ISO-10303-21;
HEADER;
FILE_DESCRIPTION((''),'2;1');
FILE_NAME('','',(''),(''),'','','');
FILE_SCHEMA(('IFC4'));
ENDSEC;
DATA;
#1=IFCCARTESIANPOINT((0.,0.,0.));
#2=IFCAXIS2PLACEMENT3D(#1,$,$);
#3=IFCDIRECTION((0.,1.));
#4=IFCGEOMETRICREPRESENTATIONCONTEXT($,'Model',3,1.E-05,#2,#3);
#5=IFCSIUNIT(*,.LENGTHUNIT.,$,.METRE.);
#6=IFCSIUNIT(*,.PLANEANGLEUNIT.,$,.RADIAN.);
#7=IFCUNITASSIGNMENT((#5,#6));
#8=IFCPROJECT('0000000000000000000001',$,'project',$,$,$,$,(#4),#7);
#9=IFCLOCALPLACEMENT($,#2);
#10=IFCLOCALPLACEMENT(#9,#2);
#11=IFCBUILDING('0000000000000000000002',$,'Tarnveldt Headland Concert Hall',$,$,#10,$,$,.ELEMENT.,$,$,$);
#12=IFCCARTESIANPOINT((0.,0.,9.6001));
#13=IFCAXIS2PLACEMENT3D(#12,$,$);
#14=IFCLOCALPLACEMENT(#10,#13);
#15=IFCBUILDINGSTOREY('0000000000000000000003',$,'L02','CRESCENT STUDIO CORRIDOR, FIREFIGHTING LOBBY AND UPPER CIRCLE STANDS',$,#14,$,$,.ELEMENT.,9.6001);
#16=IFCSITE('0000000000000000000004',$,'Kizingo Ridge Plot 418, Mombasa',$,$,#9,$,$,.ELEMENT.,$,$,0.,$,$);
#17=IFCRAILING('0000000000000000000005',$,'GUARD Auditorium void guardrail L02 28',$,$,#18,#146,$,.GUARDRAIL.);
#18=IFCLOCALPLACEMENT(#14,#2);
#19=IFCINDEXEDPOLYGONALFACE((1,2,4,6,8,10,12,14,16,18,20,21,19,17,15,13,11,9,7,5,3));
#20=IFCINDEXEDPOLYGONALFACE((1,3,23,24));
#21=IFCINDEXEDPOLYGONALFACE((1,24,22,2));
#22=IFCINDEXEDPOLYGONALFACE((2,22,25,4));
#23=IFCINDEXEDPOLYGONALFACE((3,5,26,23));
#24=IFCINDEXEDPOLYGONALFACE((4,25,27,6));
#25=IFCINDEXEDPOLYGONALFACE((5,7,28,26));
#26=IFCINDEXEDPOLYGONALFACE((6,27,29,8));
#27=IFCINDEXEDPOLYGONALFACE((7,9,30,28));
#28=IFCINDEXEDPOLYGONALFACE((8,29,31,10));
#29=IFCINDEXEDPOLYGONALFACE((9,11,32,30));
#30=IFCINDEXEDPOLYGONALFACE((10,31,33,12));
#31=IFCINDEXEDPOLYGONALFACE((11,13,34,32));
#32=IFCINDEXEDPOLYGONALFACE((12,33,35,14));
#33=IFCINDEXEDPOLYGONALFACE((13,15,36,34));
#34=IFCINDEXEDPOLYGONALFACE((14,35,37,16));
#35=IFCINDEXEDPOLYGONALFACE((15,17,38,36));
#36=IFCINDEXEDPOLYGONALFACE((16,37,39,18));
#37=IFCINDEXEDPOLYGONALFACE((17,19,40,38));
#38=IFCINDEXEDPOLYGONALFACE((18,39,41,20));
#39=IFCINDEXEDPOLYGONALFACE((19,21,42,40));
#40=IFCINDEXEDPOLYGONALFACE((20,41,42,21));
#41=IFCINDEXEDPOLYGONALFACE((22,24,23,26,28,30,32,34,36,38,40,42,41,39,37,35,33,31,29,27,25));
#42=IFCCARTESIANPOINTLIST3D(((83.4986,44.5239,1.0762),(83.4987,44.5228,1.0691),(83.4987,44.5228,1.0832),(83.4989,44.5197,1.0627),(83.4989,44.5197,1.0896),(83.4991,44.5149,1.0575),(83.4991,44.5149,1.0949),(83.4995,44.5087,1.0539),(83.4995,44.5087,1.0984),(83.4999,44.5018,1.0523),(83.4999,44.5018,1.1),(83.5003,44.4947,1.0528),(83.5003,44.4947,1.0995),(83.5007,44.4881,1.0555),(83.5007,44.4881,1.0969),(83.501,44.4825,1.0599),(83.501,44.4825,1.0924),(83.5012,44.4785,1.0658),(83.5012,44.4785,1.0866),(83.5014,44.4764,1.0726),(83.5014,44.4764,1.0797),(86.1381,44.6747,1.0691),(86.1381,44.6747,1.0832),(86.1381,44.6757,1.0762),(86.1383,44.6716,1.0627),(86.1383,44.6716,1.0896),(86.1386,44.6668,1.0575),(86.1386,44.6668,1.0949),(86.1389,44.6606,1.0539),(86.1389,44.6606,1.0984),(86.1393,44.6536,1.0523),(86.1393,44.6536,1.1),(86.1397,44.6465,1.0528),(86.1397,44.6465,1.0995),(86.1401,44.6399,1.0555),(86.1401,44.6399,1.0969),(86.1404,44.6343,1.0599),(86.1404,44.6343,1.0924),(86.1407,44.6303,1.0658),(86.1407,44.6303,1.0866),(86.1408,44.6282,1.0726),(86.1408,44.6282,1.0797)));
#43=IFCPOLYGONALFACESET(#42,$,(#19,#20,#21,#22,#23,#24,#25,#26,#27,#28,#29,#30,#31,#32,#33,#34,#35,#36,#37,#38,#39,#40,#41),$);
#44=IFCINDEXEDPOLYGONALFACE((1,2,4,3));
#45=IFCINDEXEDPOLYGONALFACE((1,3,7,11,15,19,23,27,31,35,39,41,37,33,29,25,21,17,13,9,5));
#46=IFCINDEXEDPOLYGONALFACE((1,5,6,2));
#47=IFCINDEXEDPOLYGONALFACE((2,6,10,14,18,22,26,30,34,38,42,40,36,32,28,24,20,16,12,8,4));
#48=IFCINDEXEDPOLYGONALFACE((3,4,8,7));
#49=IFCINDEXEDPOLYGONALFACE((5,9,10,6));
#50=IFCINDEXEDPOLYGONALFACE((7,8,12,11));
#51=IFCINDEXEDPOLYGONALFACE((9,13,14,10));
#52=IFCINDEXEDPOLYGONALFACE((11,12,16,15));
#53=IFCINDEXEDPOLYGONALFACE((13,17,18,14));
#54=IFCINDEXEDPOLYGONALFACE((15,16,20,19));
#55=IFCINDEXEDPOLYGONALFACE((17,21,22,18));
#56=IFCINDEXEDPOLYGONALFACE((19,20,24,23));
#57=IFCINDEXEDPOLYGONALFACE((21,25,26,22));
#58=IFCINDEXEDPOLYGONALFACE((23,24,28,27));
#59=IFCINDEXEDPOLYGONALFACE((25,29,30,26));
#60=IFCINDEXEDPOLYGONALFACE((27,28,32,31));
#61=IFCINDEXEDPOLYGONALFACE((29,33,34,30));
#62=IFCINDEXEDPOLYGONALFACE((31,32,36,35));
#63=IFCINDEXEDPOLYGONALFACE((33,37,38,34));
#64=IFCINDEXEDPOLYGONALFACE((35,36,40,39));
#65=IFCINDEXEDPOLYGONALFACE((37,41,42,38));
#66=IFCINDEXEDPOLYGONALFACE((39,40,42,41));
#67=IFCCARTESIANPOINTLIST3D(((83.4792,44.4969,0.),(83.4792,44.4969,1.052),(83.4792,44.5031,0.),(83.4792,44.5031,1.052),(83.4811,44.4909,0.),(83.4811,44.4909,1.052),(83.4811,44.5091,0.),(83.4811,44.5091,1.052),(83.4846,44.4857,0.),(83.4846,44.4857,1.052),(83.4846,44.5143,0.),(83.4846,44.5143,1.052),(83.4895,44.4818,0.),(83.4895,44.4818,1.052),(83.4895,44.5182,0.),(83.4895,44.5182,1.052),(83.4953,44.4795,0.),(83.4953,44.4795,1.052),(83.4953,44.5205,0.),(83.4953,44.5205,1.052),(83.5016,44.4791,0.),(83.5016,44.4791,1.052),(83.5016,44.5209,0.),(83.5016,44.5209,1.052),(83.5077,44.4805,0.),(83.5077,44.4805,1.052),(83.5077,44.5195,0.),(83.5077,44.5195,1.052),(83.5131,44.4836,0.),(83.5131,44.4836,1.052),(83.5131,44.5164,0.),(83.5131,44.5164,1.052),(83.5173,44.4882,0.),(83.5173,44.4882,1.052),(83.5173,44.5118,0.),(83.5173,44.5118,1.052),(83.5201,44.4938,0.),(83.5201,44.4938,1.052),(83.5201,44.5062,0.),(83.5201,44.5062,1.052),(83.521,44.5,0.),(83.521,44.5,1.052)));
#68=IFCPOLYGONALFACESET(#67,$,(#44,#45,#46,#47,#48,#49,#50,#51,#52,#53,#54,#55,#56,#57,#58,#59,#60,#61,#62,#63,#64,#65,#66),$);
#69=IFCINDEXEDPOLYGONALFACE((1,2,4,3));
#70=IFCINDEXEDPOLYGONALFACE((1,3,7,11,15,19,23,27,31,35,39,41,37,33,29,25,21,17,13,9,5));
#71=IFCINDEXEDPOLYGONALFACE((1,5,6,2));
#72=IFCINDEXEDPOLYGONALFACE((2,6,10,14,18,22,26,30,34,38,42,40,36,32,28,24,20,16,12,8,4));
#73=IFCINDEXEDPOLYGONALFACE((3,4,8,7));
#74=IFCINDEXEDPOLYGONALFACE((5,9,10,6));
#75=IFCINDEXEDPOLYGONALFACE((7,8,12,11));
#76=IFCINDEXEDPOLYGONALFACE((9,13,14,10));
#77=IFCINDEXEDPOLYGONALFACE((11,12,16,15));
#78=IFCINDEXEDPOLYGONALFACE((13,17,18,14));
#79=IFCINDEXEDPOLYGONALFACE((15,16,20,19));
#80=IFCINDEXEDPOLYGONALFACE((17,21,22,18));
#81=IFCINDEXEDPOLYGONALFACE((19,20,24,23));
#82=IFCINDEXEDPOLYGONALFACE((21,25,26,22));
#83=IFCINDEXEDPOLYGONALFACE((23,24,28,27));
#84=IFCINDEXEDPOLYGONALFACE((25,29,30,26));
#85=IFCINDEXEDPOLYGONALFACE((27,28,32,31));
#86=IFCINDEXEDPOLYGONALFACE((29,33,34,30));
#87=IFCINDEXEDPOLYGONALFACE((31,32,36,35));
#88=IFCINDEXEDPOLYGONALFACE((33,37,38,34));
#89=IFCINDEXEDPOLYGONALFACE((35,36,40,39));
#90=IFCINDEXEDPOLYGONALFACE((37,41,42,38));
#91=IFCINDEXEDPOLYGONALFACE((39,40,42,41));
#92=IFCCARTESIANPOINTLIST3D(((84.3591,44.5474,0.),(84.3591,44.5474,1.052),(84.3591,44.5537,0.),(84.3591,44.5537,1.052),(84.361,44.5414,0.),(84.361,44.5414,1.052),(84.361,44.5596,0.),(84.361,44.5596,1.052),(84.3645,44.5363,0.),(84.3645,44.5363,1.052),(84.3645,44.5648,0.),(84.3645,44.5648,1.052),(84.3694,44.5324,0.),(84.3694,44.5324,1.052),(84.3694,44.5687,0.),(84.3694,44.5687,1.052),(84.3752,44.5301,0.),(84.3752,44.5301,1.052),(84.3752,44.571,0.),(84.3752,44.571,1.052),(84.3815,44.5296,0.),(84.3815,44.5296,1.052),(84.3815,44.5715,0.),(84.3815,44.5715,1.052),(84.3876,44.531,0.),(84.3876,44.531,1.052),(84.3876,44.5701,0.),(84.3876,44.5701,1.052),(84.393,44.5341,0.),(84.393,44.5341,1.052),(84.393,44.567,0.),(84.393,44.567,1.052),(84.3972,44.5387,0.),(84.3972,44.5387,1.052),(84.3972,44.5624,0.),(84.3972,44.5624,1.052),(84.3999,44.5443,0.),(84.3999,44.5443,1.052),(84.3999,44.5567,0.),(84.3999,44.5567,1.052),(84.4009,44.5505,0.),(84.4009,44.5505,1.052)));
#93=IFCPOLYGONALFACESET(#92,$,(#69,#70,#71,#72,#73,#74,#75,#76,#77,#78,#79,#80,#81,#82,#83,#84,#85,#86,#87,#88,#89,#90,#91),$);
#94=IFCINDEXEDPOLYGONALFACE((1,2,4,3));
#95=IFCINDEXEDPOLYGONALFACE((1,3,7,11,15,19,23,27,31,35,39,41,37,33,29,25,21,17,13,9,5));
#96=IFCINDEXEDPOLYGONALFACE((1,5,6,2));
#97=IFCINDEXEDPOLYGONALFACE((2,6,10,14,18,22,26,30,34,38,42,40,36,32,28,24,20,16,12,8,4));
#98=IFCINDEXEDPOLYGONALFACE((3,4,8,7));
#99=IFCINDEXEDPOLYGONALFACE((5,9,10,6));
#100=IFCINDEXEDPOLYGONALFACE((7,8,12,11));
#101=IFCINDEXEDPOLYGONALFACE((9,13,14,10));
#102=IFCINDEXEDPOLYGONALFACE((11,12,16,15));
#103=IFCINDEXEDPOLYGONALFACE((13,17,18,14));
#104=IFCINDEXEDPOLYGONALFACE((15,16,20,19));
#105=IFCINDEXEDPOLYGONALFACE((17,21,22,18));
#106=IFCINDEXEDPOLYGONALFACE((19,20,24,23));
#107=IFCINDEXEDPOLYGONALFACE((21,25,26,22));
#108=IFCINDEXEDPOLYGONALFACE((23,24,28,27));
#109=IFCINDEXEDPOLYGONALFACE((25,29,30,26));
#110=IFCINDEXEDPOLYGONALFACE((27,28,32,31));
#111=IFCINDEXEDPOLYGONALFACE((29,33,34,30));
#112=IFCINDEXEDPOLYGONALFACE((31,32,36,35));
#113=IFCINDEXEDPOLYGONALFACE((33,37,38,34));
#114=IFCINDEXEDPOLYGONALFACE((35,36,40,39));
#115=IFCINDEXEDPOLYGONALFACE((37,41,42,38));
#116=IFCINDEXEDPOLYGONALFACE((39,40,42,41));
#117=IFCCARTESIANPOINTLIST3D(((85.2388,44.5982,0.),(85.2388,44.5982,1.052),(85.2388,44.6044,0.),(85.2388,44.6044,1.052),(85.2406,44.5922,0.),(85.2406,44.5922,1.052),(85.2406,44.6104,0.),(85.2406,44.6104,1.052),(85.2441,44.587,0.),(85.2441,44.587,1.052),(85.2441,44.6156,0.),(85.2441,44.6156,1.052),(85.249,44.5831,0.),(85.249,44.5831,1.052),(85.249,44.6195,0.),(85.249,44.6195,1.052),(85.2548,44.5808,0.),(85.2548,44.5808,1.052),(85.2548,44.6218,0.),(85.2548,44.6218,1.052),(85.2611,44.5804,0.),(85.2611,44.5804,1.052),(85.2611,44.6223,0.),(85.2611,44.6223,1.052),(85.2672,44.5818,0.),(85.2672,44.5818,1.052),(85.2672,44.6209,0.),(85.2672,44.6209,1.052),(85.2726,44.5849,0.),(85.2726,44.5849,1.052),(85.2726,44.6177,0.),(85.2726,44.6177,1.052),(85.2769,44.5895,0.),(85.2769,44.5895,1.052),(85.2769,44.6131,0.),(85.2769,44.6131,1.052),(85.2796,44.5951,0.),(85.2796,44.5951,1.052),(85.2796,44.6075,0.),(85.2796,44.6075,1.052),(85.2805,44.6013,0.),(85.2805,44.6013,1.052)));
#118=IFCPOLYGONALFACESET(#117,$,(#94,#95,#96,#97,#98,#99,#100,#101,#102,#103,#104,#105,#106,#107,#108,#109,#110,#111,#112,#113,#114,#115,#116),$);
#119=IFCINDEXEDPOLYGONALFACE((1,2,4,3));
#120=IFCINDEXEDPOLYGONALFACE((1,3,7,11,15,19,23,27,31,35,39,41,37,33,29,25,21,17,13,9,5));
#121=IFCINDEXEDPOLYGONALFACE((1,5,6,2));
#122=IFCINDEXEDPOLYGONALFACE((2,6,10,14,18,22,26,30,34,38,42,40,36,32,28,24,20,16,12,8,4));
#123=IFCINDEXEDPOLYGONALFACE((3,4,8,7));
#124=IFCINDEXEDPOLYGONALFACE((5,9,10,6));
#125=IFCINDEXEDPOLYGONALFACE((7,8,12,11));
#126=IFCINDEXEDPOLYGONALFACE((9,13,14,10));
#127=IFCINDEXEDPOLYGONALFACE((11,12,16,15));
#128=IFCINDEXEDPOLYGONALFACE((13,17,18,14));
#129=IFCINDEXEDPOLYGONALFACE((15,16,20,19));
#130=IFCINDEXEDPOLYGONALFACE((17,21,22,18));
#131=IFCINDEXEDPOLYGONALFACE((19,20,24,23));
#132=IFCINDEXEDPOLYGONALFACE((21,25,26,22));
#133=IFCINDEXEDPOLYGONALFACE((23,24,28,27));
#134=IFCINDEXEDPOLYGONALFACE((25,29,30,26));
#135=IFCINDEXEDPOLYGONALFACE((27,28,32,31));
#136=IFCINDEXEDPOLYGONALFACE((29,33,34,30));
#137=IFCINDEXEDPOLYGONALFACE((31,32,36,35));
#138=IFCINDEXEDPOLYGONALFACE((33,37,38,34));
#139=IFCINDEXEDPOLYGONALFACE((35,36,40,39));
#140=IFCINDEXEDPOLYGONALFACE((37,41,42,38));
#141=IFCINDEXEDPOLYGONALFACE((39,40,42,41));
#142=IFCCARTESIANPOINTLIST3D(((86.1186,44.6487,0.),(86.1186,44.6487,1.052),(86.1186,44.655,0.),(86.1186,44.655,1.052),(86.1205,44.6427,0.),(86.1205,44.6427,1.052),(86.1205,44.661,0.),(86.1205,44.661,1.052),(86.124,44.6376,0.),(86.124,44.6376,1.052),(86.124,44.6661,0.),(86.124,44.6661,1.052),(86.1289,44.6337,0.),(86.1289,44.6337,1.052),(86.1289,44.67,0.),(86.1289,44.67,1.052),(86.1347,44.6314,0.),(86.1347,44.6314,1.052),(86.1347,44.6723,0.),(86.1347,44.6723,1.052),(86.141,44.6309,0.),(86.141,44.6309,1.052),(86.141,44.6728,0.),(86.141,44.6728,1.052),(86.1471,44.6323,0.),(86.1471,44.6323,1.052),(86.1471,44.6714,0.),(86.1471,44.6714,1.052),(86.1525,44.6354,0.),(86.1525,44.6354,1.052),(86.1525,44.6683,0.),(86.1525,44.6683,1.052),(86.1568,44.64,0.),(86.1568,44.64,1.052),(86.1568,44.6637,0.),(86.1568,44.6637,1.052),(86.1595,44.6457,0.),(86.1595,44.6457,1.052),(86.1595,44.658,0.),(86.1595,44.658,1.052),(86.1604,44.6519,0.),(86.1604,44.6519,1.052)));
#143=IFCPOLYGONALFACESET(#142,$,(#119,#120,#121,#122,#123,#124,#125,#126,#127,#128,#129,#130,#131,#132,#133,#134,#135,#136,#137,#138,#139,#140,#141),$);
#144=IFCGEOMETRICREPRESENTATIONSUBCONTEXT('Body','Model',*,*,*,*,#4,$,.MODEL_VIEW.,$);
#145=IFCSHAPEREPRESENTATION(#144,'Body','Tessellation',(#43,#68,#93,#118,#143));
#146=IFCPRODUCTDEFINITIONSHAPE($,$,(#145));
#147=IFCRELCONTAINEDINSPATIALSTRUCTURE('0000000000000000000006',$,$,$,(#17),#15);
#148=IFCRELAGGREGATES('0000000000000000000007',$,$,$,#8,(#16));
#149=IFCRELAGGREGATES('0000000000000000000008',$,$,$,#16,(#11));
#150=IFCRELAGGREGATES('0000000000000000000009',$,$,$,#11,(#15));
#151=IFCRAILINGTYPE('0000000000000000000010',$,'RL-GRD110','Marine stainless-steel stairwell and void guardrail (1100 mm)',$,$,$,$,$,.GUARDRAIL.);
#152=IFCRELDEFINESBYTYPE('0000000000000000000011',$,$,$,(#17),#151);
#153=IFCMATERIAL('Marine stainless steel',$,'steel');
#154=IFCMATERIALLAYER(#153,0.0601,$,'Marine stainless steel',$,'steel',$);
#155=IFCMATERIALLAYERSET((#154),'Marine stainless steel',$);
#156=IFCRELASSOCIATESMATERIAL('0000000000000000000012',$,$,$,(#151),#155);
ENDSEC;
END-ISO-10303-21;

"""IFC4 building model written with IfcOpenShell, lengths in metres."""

from ifc_helpers import new_model, si_unit, direction, frame, origin, origin_2d, place, context, subcontext, project, spatial, circle, extrude, material, layer, layer_set, type_object, element, save


model = new_model("IFC4")

# Units and contexts
model_context = context("Model", 3, precision=1e-05, world=origin(), true_north=direction((0.0, 1.0)))
body_context = subcontext(model_context, "Body", "Model", "MODEL_VIEW")
ifc_project = project(units=[si_unit("LENGTHUNIT", "METRE"), si_unit("PLANEANGLEUNIT", "RADIAN")], contexts=[model_context])

# Site, building, storey
site_placement = place(None, origin())
site = spatial("IfcSite", under=ifc_project, at=site_placement, Name="Kizingo Ridge Plot 418, Mombasa", CompositionType="ELEMENT", RefElevation=0.0)
building_placement = place(site_placement, origin())
building = spatial("IfcBuilding", under=site, at=building_placement, Name="Tarnveldt Headland Concert Hall", CompositionType="ELEMENT")
storey_placement = place(building_placement, frame((0.0, 0.0, 9.6001)))
storey = spatial("IfcBuildingStorey", under=building, at=storey_placement, Name="L02", Description="CRESCENT STUDIO CORRIDOR, FIREFIGHTING LOBBY AND UPPER CIRCLE STANDS", CompositionType="ELEMENT", Elevation=9.6001)

# Railing
ifc_material_1 = material(Name="Marine stainless steel", Category="steel")
ifc_layer_1 = layer(ifc_material_1, 0.0601, Name="Marine stainless steel", Category="steel")
ifc_layer_set_1 = layer_set([ifc_layer_1], Name="Marine stainless steel")
railing_type = type_object("IfcRailingType", Name="RL-GRD110", Description="Marine stainless-steel stairwell and void guardrail (1100 mm)", PredefinedType="GUARDRAIL", material=ifc_layer_set_1)
railing_1_placement = place(storey_placement, frame((83.5, 44.5, 0.0)))
element("IfcRailing", 1, at=railing_1_placement, inside=storey, type_object=railing_type, Name="GUARD Auditorium void guardrail L02 28", PredefinedType="GUARDRAIL", context=body_context, shape_type="SweptSolid", body=[
    extrude(circle(Radius=0.0239, at=origin_2d()), frame((0.0, 0.0, 1.0762), z_axis=(0.998349, 0.057439, 0.0), x_axis=(-0.057439, 0.998349, 0.0)), (0.0, 0.0, 1.0), 2.6438),
    extrude(circle(Radius=0.021, at=origin_2d()), origin(), (0.0, 0.0, 1.0), 1.052),
    extrude(circle(Radius=0.021, at=origin_2d()), frame((0.8799, 0.0505, 0.0)), (0.0, 0.0, 1.0), 1.052),
    extrude(circle(Radius=0.021, at=origin_2d()), frame((1.7595, 0.1013, 0.0)), (0.0, 0.0, 1.0), 1.052),
    extrude(circle(Radius=0.021, at=origin_2d()), frame((2.6394, 0.1519, 0.0)), (0.0, 0.0, 1.0), 1.052),
])

save(model, "model.ifc")
